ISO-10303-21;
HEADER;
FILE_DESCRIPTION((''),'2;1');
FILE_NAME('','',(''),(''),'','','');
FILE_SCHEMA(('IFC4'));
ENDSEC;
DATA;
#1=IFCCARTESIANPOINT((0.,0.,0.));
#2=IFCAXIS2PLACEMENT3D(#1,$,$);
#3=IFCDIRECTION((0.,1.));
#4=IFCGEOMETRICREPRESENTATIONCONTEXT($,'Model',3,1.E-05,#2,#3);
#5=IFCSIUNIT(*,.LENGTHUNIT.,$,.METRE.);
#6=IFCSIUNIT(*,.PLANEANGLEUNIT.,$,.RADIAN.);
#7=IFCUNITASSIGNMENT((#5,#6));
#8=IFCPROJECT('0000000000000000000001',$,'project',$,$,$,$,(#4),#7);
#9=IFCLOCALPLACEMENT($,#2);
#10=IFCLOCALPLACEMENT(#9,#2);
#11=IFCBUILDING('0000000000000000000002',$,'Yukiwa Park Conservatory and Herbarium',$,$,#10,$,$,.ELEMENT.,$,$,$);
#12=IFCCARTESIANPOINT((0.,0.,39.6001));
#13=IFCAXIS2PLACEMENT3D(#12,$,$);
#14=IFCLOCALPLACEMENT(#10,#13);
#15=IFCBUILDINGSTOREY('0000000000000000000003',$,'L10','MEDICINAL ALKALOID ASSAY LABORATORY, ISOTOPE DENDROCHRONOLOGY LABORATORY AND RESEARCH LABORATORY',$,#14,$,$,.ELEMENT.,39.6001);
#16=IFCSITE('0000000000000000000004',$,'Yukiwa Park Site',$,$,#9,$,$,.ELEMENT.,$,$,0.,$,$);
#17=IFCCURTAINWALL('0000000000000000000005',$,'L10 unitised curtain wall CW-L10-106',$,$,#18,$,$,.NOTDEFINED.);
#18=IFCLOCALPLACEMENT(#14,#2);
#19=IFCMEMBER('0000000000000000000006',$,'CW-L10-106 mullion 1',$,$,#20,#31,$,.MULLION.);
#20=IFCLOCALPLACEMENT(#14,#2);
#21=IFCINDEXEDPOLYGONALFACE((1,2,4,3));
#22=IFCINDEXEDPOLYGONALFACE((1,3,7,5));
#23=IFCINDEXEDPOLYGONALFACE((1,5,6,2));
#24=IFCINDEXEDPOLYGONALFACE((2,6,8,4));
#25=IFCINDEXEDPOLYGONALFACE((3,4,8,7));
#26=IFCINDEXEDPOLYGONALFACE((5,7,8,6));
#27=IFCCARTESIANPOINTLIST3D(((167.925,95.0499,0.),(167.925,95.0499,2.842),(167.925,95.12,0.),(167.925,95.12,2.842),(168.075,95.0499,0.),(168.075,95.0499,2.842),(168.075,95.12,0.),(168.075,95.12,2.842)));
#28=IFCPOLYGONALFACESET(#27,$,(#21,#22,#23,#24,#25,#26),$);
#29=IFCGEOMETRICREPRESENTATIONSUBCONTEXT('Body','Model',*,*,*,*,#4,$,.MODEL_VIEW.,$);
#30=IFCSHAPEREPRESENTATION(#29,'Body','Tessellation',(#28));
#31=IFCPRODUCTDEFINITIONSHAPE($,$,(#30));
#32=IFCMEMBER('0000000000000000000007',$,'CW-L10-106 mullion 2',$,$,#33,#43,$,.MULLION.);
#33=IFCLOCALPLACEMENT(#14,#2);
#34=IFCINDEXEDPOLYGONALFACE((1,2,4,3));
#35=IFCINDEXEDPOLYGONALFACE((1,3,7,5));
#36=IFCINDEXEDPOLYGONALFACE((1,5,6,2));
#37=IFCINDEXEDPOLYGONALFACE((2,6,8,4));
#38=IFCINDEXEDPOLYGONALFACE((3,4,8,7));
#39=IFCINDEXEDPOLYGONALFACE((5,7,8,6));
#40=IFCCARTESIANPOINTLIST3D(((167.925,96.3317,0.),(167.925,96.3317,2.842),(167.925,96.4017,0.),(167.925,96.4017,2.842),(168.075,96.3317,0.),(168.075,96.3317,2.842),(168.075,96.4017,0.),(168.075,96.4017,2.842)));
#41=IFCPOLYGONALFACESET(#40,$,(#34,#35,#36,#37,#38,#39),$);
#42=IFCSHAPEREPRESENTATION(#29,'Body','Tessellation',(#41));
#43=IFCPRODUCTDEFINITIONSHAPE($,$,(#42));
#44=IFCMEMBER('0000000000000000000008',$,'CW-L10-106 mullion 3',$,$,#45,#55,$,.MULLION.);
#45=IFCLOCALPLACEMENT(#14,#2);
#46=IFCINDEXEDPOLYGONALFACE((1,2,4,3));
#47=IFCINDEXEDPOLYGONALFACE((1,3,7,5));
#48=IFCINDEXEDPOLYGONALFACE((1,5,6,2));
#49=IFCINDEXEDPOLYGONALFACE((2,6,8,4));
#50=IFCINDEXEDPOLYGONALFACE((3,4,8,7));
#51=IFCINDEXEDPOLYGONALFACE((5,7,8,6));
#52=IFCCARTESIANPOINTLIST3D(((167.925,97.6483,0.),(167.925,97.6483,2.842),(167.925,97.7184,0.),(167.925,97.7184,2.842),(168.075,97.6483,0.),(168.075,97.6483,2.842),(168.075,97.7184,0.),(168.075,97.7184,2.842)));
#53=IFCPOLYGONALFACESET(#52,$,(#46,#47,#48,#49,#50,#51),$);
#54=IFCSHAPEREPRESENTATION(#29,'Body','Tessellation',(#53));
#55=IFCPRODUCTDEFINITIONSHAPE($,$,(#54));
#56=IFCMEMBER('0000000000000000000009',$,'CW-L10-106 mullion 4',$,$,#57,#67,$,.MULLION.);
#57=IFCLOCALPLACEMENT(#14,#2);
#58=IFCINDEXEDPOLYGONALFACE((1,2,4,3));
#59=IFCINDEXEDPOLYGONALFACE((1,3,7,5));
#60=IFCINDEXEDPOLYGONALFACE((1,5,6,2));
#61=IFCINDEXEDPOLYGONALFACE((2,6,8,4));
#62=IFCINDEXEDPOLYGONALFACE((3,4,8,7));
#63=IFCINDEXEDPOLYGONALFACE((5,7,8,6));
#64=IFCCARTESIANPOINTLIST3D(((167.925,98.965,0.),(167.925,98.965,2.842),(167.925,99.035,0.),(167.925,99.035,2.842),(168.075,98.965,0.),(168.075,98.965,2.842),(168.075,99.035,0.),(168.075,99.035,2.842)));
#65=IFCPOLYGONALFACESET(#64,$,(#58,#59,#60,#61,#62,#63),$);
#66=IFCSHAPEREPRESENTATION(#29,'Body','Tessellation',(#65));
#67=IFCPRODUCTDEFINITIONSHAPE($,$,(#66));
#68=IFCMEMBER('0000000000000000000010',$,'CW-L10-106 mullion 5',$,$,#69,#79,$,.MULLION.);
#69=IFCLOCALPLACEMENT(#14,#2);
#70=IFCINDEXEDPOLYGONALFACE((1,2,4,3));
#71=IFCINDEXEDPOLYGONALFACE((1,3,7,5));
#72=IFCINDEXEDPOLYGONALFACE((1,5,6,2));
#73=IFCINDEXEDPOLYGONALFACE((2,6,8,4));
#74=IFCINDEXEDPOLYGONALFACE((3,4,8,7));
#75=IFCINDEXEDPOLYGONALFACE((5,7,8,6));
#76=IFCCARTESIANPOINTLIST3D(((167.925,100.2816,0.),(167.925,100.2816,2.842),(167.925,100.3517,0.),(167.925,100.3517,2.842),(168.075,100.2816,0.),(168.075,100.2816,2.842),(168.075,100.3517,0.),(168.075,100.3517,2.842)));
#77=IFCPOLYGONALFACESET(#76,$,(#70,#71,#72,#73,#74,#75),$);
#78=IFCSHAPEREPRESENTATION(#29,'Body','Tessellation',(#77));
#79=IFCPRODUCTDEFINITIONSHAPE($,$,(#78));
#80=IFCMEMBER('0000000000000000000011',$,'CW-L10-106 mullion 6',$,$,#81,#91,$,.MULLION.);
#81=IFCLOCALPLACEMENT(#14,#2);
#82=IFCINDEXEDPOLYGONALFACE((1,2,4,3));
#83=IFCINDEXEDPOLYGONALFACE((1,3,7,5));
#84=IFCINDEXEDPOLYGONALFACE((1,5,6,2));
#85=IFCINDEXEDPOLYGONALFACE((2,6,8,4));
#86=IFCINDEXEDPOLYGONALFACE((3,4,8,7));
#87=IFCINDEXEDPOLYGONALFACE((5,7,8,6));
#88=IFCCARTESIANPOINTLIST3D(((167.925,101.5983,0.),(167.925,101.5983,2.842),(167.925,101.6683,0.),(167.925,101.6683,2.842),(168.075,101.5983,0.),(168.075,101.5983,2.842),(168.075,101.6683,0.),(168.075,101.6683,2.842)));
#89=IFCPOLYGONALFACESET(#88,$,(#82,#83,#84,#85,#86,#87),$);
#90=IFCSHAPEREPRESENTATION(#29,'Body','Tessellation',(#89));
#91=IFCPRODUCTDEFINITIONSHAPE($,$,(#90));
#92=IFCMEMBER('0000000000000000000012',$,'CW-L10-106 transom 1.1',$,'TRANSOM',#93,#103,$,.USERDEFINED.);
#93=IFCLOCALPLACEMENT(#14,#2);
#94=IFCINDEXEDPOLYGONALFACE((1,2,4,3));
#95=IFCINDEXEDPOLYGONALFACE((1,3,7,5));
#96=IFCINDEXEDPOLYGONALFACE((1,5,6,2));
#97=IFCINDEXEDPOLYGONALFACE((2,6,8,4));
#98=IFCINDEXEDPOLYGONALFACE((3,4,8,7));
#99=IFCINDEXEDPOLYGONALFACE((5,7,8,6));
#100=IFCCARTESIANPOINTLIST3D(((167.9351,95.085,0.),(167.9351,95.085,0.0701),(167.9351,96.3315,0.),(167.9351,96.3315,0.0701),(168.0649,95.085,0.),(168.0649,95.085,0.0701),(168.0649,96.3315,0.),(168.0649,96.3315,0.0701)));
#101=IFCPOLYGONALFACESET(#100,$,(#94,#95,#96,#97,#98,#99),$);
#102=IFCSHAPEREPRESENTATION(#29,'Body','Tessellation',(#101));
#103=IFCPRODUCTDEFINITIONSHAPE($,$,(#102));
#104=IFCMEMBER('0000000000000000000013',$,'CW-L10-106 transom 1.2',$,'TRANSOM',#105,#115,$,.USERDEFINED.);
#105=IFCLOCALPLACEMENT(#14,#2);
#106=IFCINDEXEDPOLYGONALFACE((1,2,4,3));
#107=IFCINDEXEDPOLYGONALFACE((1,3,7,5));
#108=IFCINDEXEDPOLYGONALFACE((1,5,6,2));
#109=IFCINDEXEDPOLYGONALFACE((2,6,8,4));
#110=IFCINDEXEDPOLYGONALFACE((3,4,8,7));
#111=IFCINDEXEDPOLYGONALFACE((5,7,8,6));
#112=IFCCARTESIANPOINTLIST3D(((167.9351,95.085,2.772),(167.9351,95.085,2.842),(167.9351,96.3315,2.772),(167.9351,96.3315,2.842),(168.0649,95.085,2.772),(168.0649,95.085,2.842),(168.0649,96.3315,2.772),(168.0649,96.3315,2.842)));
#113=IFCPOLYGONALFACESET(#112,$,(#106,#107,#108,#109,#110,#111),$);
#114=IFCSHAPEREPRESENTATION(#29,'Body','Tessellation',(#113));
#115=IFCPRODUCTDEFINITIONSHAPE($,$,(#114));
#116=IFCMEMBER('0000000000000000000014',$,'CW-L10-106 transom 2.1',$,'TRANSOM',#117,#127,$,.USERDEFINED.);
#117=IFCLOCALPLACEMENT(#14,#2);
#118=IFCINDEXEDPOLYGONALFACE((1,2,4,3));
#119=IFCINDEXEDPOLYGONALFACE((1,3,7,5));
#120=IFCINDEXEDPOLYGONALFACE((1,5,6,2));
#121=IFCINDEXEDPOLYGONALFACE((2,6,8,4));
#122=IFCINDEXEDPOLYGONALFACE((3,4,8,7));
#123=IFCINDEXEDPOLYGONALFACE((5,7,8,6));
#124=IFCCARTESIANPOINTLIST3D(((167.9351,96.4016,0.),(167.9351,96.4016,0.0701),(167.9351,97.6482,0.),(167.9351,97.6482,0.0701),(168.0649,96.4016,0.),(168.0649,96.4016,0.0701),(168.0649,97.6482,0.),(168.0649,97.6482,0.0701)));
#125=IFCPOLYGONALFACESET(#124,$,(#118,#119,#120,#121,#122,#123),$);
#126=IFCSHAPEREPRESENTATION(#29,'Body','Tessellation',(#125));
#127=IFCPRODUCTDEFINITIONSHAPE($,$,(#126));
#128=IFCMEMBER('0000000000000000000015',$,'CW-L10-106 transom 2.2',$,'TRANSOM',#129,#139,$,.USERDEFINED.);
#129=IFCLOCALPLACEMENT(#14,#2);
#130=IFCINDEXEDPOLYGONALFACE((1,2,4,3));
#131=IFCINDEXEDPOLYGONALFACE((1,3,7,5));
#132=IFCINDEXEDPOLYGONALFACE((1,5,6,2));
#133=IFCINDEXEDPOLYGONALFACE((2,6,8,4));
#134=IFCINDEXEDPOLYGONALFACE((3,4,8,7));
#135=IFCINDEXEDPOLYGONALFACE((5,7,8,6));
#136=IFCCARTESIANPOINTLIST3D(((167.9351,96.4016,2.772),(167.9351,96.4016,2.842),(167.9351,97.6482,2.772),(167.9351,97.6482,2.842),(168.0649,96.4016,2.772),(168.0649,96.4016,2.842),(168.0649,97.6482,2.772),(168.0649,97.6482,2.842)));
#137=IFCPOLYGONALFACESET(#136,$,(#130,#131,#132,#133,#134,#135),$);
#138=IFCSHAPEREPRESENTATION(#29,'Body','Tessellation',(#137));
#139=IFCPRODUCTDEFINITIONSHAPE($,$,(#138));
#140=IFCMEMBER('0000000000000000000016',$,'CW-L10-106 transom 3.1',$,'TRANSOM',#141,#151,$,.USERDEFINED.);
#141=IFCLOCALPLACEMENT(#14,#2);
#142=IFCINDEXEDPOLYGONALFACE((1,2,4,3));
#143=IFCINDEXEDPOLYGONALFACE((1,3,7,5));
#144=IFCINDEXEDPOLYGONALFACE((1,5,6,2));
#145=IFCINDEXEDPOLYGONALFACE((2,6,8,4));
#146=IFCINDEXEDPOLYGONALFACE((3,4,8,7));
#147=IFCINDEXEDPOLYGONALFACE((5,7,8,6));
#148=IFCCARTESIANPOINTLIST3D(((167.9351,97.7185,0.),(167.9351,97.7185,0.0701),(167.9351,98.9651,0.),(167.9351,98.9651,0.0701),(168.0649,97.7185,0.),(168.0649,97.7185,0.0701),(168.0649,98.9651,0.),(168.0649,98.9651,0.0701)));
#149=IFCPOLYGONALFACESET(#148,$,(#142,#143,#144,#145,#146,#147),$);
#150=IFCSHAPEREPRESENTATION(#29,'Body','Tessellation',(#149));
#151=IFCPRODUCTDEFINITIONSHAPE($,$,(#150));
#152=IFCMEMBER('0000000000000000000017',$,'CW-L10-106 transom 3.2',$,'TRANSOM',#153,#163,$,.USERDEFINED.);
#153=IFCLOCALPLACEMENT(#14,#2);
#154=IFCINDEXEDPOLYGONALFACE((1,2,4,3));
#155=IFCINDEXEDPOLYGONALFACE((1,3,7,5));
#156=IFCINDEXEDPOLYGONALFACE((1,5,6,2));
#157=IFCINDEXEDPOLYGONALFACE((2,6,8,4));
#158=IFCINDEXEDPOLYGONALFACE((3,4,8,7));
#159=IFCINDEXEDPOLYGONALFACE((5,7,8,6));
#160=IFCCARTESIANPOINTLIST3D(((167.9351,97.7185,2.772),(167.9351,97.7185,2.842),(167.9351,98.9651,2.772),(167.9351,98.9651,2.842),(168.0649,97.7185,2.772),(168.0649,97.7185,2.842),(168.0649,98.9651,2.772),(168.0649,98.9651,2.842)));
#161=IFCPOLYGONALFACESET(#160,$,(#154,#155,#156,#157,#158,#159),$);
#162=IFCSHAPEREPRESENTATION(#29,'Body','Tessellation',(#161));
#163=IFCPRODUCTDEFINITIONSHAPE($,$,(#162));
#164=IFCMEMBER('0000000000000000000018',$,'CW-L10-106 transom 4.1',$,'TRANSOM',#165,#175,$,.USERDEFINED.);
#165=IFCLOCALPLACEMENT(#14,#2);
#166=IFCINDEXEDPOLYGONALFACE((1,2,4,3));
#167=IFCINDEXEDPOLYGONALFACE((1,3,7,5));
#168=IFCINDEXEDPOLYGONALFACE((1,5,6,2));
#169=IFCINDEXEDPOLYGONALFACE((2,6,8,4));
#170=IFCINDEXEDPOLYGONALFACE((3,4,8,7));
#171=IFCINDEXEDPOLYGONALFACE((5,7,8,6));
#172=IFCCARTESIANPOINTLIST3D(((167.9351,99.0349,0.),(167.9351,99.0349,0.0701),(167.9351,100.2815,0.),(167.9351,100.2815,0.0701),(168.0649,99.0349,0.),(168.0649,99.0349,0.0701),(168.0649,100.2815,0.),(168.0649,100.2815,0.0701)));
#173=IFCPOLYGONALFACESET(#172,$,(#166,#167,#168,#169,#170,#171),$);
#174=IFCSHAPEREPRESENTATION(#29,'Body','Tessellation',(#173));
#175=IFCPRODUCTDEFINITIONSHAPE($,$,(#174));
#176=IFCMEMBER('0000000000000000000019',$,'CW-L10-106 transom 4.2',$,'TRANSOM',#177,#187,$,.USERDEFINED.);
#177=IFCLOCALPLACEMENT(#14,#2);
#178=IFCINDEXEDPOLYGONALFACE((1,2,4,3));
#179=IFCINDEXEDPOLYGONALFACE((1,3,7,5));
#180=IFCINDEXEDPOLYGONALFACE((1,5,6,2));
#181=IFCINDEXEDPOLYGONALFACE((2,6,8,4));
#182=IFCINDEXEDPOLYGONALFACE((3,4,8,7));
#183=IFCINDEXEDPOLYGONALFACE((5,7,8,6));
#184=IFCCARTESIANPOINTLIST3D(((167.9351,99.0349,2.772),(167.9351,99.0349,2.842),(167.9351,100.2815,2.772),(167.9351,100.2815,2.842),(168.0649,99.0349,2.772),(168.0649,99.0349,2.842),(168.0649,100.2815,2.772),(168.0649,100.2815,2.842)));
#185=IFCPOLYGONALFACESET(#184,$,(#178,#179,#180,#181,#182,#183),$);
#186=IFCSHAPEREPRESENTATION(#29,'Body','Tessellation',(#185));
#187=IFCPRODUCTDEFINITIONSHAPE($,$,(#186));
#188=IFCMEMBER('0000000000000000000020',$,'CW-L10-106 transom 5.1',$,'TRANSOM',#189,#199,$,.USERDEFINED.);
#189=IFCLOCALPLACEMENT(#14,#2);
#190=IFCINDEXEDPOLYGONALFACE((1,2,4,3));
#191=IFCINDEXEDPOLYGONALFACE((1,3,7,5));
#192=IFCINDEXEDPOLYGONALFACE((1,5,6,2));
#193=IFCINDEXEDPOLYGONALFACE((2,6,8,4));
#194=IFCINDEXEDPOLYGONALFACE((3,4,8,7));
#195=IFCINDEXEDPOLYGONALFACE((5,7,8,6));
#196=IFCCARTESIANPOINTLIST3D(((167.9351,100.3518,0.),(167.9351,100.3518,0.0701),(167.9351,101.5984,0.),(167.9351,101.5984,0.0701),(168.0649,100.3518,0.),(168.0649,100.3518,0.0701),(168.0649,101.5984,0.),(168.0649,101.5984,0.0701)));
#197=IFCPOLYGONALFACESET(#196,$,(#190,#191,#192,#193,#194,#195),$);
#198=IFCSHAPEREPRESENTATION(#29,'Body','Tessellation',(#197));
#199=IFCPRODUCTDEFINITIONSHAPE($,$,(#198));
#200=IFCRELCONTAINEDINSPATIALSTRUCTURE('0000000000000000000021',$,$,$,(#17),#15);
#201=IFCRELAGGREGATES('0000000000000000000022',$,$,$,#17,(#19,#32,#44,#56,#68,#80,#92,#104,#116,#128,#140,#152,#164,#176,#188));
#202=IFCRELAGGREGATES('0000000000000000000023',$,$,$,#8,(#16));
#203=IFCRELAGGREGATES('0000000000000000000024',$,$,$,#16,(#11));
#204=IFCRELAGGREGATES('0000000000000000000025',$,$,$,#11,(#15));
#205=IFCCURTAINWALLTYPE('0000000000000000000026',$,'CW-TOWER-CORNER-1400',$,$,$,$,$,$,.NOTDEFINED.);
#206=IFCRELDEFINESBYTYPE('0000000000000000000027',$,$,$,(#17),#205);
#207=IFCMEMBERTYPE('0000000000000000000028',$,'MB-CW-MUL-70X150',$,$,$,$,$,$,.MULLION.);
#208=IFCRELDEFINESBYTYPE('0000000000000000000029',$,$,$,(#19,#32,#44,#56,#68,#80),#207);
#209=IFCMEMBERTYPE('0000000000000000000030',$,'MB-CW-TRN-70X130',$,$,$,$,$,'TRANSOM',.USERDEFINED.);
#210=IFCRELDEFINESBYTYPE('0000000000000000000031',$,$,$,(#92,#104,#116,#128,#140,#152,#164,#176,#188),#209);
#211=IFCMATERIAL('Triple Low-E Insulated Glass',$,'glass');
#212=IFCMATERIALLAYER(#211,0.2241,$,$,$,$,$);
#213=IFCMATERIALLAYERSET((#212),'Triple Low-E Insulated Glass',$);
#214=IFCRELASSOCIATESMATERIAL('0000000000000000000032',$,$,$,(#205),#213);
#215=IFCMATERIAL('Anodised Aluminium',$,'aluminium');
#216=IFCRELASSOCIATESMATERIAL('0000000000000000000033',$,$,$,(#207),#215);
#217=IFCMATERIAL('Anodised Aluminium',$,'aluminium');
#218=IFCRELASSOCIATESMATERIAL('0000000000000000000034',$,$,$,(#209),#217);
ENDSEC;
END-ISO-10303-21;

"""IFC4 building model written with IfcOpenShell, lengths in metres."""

from ifc_helpers import new_model, si_unit, direction, frame, origin, origin_2d, place, context, subcontext, project, spatial, rectangle, extrude, material, layer, layer_set, type_object, element, aggregate, save


model = new_model("IFC4")

# Units and contexts
model_context = context("Model", 3, precision=1e-05, world=origin(), true_north=direction((0.0, 1.0)))
body_context = subcontext(model_context, "Body", "Model", "MODEL_VIEW")
ifc_project = project(units=[si_unit("LENGTHUNIT", "METRE"), si_unit("PLANEANGLEUNIT", "RADIAN")], contexts=[model_context])

# Site, building, storey
site_placement = place(None, origin())
site = spatial("IfcSite", under=ifc_project, at=site_placement, Name="Yukiwa Park Site", CompositionType="ELEMENT", RefElevation=0.0)
building_placement = place(site_placement, origin())
building = spatial("IfcBuilding", under=site, at=building_placement, Name="Yukiwa Park Conservatory and Herbarium", CompositionType="ELEMENT")
storey_placement = place(building_placement, frame((0.0, 0.0, 39.6001)))
storey = spatial("IfcBuildingStorey", under=building, at=storey_placement, Name="L10", Description="MEDICINAL ALKALOID ASSAY LABORATORY, ISOTOPE DENDROCHRONOLOGY LABORATORY AND RESEARCH LABORATORY", CompositionType="ELEMENT", Elevation=39.6001)

# Curtain wall, members
ifc_material_1 = material(Name="Triple Low-E Insulated Glass", Category="glass")
ifc_layer_1 = layer(ifc_material_1, 0.2241)
ifc_layer_set_1 = layer_set([ifc_layer_1], Name="Triple Low-E Insulated Glass")
curtain_wall_type = type_object("IfcCurtainWallType", Name="CW-TOWER-CORNER-1400", PredefinedType="NOTDEFINED", material=ifc_layer_set_1)
curtain_wall_placement = place(storey_placement, origin())
curtain_wall = element("IfcCurtainWall", 1, at=curtain_wall_placement, inside=storey, type_object=curtain_wall_type, Name="L10 unitised curtain wall CW-L10-106", PredefinedType="NOTDEFINED")
ifc_material_2 = material(Name="Anodised Aluminium", Category="aluminium")
member_type_1 = type_object("IfcMemberType", Name="MB-CW-MUL-70X150", PredefinedType="MULLION", material=ifc_material_2)
member_1_placement = place(storey_placement, frame((168.0, 95.085, 0.0), z_axis=(0.0, 0.0, 1.0), x_axis=(0.0, 1.0, 0.0)))
member_1 = element("IfcMember", 2, at=member_1_placement, type_object=member_type_1, Name="CW-L10-106 mullion 1", PredefinedType="MULLION", context=body_context, shape_type="SweptSolid", body=[
    extrude(rectangle(XDim=0.0701, YDim=0.1499, at=origin_2d()), origin(), (0.0, 0.0, 1.0), 2.842),
])
member_2_placement = place(storey_placement, frame((168.0, 96.3667, 0.0), z_axis=(0.0, 0.0, 1.0), x_axis=(0.0, 1.0, 0.0)))
member_2 = element("IfcMember", 3, at=member_2_placement, type_object=member_type_1, Name="CW-L10-106 mullion 2", PredefinedType="MULLION", context=body_context, shape_type="SweptSolid", body=[
    extrude(rectangle(XDim=0.0701, YDim=0.1499, at=origin_2d()), origin(), (0.0, 0.0, 1.0), 2.842),
])
member_3_placement = place(storey_placement, frame((168.0, 97.6833, 0.0), z_axis=(0.0, 0.0, 1.0), x_axis=(0.0, 1.0, 0.0)))
member_3 = element("IfcMember", 4, at=member_3_placement, type_object=member_type_1, Name="CW-L10-106 mullion 3", PredefinedType="MULLION", context=body_context, shape_type="SweptSolid", body=[
    extrude(rectangle(XDim=0.0701, YDim=0.1499, at=origin_2d()), origin(), (0.0, 0.0, 1.0), 2.842),
])
member_4_placement = place(storey_placement, frame((168.0, 99.0, 0.0), z_axis=(0.0, 0.0, 1.0), x_axis=(0.0, 1.0, 0.0)))
member_4 = element("IfcMember", 5, at=member_4_placement, type_object=member_type_1, Name="CW-L10-106 mullion 4", PredefinedType="MULLION", context=body_context, shape_type="SweptSolid", body=[
    extrude(rectangle(XDim=0.0701, YDim=0.1499, at=origin_2d()), origin(), (0.0, 0.0, 1.0), 2.842),
])
member_5_placement = place(storey_placement, frame((168.0, 100.3167, 0.0), z_axis=(0.0, 0.0, 1.0), x_axis=(0.0, 1.0, 0.0)))
member_5 = element("IfcMember", 6, at=member_5_placement, type_object=member_type_1, Name="CW-L10-106 mullion 5", PredefinedType="MULLION", context=body_context, shape_type="SweptSolid", body=[
    extrude(rectangle(XDim=0.0701, YDim=0.1499, at=origin_2d()), origin(), (0.0, 0.0, 1.0), 2.842),
])
member_6_placement = place(storey_placement, frame((168.0, 101.6333, 0.0), z_axis=(0.0, 0.0, 1.0), x_axis=(0.0, 1.0, 0.0)))
member_6 = element("IfcMember", 7, at=member_6_placement, type_object=member_type_1, Name="CW-L10-106 mullion 6", PredefinedType="MULLION", context=body_context, shape_type="SweptSolid", body=[
    extrude(rectangle(XDim=0.0701, YDim=0.1499, at=origin_2d()), origin(), (0.0, 0.0, 1.0), 2.842),
])
ifc_material_3 = material(Name="Anodised Aluminium", Category="aluminium")
member_type_2 = type_object("IfcMemberType", Name="MB-CW-TRN-70X130", ElementType="TRANSOM", PredefinedType="USERDEFINED", material=ifc_material_3)
member_7_placement = place(storey_placement, frame((168.0, 95.7083, 0.0), z_axis=(0.0, 0.0, 1.0), x_axis=(0.0, 1.0, 0.0)))
member_7 = element("IfcMember", 8, at=member_7_placement, type_object=member_type_2, Name="CW-L10-106 transom 1.1", ObjectType="TRANSOM", PredefinedType="USERDEFINED", context=body_context, shape_type="SweptSolid", body=[
    extrude(rectangle(XDim=1.2466, YDim=0.1299, at=origin_2d()), origin(), (0.0, 0.0, 1.0), 0.0701),
])
member_8_placement = place(storey_placement, frame((168.0, 95.7083, 2.772), z_axis=(0.0, 0.0, 1.0), x_axis=(0.0, 1.0, 0.0)))
member_8 = element("IfcMember", 9, at=member_8_placement, type_object=member_type_2, Name="CW-L10-106 transom 1.2", ObjectType="TRANSOM", PredefinedType="USERDEFINED", context=body_context, shape_type="SweptSolid", body=[
    extrude(rectangle(XDim=1.2466, YDim=0.1299, at=origin_2d()), origin(), (0.0, 0.0, 1.0), 0.0701),
])
member_9_placement = place(storey_placement, frame((168.0, 97.0249, 0.0), z_axis=(0.0, 0.0, 1.0), x_axis=(0.0, 1.0, 0.0)))
member_9 = element("IfcMember", 10, at=member_9_placement, type_object=member_type_2, Name="CW-L10-106 transom 2.1", ObjectType="TRANSOM", PredefinedType="USERDEFINED", context=body_context, shape_type="SweptSolid", body=[
    extrude(rectangle(XDim=1.2466, YDim=0.1299, at=origin_2d()), origin(), (0.0, 0.0, 1.0), 0.0701),
])
member_10_placement = place(storey_placement, frame((168.0, 97.0249, 2.772), z_axis=(0.0, 0.0, 1.0), x_axis=(0.0, 1.0, 0.0)))
member_10 = element("IfcMember", 11, at=member_10_placement, type_object=member_type_2, Name="CW-L10-106 transom 2.2", ObjectType="TRANSOM", PredefinedType="USERDEFINED", context=body_context, shape_type="SweptSolid", body=[
    extrude(rectangle(XDim=1.2466, YDim=0.1299, at=origin_2d()), origin(), (0.0, 0.0, 1.0), 0.0701),
])
member_11_placement = place(storey_placement, frame((168.0, 98.3418, 0.0), z_axis=(0.0, 0.0, 1.0), x_axis=(0.0, 1.0, 0.0)))
member_11 = element("IfcMember", 12, at=member_11_placement, type_object=member_type_2, Name="CW-L10-106 transom 3.1", ObjectType="TRANSOM", PredefinedType="USERDEFINED", context=body_context, shape_type="SweptSolid", body=[
    extrude(rectangle(XDim=1.2466, YDim=0.1299, at=origin_2d()), origin(), (0.0, 0.0, 1.0), 0.0701),
])
member_12_placement = place(storey_placement, frame((168.0, 98.3418, 2.772), z_axis=(0.0, 0.0, 1.0), x_axis=(0.0, 1.0, 0.0)))
member_12 = element("IfcMember", 13, at=member_12_placement, type_object=member_type_2, Name="CW-L10-106 transom 3.2", ObjectType="TRANSOM", PredefinedType="USERDEFINED", context=body_context, shape_type="SweptSolid", body=[
    extrude(rectangle(XDim=1.2466, YDim=0.1299, at=origin_2d()), origin(), (0.0, 0.0, 1.0), 0.0701),
])
member_13_placement = place(storey_placement, frame((168.0, 99.6582, 0.0), z_axis=(0.0, 0.0, 1.0), x_axis=(0.0, 1.0, 0.0)))
member_13 = element("IfcMember", 14, at=member_13_placement, type_object=member_type_2, Name="CW-L10-106 transom 4.1", ObjectType="TRANSOM", PredefinedType="USERDEFINED", context=body_context, shape_type="SweptSolid", body=[
    extrude(rectangle(XDim=1.2466, YDim=0.1299, at=origin_2d()), origin(), (0.0, 0.0, 1.0), 0.0701),
])
member_14_placement = place(storey_placement, frame((168.0, 99.6582, 2.772), z_axis=(0.0, 0.0, 1.0), x_axis=(0.0, 1.0, 0.0)))
member_14 = element("IfcMember", 15, at=member_14_placement, type_object=member_type_2, Name="CW-L10-106 transom 4.2", ObjectType="TRANSOM", PredefinedType="USERDEFINED", context=body_context, shape_type="SweptSolid", body=[
    extrude(rectangle(XDim=1.2466, YDim=0.1299, at=origin_2d()), origin(), (0.0, 0.0, 1.0), 0.0701),
])
member_15_placement = place(storey_placement, frame((168.0, 100.9751, 0.0), z_axis=(0.0, 0.0, 1.0), x_axis=(0.0, 1.0, 0.0)))
member_15 = element("IfcMember", 16, at=member_15_placement, type_object=member_type_2, Name="CW-L10-106 transom 5.1", ObjectType="TRANSOM", PredefinedType="USERDEFINED", context=body_context, shape_type="SweptSolid", body=[
    extrude(rectangle(XDim=1.2466, YDim=0.1299, at=origin_2d()), origin(), (0.0, 0.0, 1.0), 0.0701),
])
aggregate(curtain_wall, [member_1, member_2, member_3, member_4, member_5, member_6, member_7, member_8, member_9, member_10, member_11, member_12, member_13, member_14, member_15])

save(model, "model.ifc")
